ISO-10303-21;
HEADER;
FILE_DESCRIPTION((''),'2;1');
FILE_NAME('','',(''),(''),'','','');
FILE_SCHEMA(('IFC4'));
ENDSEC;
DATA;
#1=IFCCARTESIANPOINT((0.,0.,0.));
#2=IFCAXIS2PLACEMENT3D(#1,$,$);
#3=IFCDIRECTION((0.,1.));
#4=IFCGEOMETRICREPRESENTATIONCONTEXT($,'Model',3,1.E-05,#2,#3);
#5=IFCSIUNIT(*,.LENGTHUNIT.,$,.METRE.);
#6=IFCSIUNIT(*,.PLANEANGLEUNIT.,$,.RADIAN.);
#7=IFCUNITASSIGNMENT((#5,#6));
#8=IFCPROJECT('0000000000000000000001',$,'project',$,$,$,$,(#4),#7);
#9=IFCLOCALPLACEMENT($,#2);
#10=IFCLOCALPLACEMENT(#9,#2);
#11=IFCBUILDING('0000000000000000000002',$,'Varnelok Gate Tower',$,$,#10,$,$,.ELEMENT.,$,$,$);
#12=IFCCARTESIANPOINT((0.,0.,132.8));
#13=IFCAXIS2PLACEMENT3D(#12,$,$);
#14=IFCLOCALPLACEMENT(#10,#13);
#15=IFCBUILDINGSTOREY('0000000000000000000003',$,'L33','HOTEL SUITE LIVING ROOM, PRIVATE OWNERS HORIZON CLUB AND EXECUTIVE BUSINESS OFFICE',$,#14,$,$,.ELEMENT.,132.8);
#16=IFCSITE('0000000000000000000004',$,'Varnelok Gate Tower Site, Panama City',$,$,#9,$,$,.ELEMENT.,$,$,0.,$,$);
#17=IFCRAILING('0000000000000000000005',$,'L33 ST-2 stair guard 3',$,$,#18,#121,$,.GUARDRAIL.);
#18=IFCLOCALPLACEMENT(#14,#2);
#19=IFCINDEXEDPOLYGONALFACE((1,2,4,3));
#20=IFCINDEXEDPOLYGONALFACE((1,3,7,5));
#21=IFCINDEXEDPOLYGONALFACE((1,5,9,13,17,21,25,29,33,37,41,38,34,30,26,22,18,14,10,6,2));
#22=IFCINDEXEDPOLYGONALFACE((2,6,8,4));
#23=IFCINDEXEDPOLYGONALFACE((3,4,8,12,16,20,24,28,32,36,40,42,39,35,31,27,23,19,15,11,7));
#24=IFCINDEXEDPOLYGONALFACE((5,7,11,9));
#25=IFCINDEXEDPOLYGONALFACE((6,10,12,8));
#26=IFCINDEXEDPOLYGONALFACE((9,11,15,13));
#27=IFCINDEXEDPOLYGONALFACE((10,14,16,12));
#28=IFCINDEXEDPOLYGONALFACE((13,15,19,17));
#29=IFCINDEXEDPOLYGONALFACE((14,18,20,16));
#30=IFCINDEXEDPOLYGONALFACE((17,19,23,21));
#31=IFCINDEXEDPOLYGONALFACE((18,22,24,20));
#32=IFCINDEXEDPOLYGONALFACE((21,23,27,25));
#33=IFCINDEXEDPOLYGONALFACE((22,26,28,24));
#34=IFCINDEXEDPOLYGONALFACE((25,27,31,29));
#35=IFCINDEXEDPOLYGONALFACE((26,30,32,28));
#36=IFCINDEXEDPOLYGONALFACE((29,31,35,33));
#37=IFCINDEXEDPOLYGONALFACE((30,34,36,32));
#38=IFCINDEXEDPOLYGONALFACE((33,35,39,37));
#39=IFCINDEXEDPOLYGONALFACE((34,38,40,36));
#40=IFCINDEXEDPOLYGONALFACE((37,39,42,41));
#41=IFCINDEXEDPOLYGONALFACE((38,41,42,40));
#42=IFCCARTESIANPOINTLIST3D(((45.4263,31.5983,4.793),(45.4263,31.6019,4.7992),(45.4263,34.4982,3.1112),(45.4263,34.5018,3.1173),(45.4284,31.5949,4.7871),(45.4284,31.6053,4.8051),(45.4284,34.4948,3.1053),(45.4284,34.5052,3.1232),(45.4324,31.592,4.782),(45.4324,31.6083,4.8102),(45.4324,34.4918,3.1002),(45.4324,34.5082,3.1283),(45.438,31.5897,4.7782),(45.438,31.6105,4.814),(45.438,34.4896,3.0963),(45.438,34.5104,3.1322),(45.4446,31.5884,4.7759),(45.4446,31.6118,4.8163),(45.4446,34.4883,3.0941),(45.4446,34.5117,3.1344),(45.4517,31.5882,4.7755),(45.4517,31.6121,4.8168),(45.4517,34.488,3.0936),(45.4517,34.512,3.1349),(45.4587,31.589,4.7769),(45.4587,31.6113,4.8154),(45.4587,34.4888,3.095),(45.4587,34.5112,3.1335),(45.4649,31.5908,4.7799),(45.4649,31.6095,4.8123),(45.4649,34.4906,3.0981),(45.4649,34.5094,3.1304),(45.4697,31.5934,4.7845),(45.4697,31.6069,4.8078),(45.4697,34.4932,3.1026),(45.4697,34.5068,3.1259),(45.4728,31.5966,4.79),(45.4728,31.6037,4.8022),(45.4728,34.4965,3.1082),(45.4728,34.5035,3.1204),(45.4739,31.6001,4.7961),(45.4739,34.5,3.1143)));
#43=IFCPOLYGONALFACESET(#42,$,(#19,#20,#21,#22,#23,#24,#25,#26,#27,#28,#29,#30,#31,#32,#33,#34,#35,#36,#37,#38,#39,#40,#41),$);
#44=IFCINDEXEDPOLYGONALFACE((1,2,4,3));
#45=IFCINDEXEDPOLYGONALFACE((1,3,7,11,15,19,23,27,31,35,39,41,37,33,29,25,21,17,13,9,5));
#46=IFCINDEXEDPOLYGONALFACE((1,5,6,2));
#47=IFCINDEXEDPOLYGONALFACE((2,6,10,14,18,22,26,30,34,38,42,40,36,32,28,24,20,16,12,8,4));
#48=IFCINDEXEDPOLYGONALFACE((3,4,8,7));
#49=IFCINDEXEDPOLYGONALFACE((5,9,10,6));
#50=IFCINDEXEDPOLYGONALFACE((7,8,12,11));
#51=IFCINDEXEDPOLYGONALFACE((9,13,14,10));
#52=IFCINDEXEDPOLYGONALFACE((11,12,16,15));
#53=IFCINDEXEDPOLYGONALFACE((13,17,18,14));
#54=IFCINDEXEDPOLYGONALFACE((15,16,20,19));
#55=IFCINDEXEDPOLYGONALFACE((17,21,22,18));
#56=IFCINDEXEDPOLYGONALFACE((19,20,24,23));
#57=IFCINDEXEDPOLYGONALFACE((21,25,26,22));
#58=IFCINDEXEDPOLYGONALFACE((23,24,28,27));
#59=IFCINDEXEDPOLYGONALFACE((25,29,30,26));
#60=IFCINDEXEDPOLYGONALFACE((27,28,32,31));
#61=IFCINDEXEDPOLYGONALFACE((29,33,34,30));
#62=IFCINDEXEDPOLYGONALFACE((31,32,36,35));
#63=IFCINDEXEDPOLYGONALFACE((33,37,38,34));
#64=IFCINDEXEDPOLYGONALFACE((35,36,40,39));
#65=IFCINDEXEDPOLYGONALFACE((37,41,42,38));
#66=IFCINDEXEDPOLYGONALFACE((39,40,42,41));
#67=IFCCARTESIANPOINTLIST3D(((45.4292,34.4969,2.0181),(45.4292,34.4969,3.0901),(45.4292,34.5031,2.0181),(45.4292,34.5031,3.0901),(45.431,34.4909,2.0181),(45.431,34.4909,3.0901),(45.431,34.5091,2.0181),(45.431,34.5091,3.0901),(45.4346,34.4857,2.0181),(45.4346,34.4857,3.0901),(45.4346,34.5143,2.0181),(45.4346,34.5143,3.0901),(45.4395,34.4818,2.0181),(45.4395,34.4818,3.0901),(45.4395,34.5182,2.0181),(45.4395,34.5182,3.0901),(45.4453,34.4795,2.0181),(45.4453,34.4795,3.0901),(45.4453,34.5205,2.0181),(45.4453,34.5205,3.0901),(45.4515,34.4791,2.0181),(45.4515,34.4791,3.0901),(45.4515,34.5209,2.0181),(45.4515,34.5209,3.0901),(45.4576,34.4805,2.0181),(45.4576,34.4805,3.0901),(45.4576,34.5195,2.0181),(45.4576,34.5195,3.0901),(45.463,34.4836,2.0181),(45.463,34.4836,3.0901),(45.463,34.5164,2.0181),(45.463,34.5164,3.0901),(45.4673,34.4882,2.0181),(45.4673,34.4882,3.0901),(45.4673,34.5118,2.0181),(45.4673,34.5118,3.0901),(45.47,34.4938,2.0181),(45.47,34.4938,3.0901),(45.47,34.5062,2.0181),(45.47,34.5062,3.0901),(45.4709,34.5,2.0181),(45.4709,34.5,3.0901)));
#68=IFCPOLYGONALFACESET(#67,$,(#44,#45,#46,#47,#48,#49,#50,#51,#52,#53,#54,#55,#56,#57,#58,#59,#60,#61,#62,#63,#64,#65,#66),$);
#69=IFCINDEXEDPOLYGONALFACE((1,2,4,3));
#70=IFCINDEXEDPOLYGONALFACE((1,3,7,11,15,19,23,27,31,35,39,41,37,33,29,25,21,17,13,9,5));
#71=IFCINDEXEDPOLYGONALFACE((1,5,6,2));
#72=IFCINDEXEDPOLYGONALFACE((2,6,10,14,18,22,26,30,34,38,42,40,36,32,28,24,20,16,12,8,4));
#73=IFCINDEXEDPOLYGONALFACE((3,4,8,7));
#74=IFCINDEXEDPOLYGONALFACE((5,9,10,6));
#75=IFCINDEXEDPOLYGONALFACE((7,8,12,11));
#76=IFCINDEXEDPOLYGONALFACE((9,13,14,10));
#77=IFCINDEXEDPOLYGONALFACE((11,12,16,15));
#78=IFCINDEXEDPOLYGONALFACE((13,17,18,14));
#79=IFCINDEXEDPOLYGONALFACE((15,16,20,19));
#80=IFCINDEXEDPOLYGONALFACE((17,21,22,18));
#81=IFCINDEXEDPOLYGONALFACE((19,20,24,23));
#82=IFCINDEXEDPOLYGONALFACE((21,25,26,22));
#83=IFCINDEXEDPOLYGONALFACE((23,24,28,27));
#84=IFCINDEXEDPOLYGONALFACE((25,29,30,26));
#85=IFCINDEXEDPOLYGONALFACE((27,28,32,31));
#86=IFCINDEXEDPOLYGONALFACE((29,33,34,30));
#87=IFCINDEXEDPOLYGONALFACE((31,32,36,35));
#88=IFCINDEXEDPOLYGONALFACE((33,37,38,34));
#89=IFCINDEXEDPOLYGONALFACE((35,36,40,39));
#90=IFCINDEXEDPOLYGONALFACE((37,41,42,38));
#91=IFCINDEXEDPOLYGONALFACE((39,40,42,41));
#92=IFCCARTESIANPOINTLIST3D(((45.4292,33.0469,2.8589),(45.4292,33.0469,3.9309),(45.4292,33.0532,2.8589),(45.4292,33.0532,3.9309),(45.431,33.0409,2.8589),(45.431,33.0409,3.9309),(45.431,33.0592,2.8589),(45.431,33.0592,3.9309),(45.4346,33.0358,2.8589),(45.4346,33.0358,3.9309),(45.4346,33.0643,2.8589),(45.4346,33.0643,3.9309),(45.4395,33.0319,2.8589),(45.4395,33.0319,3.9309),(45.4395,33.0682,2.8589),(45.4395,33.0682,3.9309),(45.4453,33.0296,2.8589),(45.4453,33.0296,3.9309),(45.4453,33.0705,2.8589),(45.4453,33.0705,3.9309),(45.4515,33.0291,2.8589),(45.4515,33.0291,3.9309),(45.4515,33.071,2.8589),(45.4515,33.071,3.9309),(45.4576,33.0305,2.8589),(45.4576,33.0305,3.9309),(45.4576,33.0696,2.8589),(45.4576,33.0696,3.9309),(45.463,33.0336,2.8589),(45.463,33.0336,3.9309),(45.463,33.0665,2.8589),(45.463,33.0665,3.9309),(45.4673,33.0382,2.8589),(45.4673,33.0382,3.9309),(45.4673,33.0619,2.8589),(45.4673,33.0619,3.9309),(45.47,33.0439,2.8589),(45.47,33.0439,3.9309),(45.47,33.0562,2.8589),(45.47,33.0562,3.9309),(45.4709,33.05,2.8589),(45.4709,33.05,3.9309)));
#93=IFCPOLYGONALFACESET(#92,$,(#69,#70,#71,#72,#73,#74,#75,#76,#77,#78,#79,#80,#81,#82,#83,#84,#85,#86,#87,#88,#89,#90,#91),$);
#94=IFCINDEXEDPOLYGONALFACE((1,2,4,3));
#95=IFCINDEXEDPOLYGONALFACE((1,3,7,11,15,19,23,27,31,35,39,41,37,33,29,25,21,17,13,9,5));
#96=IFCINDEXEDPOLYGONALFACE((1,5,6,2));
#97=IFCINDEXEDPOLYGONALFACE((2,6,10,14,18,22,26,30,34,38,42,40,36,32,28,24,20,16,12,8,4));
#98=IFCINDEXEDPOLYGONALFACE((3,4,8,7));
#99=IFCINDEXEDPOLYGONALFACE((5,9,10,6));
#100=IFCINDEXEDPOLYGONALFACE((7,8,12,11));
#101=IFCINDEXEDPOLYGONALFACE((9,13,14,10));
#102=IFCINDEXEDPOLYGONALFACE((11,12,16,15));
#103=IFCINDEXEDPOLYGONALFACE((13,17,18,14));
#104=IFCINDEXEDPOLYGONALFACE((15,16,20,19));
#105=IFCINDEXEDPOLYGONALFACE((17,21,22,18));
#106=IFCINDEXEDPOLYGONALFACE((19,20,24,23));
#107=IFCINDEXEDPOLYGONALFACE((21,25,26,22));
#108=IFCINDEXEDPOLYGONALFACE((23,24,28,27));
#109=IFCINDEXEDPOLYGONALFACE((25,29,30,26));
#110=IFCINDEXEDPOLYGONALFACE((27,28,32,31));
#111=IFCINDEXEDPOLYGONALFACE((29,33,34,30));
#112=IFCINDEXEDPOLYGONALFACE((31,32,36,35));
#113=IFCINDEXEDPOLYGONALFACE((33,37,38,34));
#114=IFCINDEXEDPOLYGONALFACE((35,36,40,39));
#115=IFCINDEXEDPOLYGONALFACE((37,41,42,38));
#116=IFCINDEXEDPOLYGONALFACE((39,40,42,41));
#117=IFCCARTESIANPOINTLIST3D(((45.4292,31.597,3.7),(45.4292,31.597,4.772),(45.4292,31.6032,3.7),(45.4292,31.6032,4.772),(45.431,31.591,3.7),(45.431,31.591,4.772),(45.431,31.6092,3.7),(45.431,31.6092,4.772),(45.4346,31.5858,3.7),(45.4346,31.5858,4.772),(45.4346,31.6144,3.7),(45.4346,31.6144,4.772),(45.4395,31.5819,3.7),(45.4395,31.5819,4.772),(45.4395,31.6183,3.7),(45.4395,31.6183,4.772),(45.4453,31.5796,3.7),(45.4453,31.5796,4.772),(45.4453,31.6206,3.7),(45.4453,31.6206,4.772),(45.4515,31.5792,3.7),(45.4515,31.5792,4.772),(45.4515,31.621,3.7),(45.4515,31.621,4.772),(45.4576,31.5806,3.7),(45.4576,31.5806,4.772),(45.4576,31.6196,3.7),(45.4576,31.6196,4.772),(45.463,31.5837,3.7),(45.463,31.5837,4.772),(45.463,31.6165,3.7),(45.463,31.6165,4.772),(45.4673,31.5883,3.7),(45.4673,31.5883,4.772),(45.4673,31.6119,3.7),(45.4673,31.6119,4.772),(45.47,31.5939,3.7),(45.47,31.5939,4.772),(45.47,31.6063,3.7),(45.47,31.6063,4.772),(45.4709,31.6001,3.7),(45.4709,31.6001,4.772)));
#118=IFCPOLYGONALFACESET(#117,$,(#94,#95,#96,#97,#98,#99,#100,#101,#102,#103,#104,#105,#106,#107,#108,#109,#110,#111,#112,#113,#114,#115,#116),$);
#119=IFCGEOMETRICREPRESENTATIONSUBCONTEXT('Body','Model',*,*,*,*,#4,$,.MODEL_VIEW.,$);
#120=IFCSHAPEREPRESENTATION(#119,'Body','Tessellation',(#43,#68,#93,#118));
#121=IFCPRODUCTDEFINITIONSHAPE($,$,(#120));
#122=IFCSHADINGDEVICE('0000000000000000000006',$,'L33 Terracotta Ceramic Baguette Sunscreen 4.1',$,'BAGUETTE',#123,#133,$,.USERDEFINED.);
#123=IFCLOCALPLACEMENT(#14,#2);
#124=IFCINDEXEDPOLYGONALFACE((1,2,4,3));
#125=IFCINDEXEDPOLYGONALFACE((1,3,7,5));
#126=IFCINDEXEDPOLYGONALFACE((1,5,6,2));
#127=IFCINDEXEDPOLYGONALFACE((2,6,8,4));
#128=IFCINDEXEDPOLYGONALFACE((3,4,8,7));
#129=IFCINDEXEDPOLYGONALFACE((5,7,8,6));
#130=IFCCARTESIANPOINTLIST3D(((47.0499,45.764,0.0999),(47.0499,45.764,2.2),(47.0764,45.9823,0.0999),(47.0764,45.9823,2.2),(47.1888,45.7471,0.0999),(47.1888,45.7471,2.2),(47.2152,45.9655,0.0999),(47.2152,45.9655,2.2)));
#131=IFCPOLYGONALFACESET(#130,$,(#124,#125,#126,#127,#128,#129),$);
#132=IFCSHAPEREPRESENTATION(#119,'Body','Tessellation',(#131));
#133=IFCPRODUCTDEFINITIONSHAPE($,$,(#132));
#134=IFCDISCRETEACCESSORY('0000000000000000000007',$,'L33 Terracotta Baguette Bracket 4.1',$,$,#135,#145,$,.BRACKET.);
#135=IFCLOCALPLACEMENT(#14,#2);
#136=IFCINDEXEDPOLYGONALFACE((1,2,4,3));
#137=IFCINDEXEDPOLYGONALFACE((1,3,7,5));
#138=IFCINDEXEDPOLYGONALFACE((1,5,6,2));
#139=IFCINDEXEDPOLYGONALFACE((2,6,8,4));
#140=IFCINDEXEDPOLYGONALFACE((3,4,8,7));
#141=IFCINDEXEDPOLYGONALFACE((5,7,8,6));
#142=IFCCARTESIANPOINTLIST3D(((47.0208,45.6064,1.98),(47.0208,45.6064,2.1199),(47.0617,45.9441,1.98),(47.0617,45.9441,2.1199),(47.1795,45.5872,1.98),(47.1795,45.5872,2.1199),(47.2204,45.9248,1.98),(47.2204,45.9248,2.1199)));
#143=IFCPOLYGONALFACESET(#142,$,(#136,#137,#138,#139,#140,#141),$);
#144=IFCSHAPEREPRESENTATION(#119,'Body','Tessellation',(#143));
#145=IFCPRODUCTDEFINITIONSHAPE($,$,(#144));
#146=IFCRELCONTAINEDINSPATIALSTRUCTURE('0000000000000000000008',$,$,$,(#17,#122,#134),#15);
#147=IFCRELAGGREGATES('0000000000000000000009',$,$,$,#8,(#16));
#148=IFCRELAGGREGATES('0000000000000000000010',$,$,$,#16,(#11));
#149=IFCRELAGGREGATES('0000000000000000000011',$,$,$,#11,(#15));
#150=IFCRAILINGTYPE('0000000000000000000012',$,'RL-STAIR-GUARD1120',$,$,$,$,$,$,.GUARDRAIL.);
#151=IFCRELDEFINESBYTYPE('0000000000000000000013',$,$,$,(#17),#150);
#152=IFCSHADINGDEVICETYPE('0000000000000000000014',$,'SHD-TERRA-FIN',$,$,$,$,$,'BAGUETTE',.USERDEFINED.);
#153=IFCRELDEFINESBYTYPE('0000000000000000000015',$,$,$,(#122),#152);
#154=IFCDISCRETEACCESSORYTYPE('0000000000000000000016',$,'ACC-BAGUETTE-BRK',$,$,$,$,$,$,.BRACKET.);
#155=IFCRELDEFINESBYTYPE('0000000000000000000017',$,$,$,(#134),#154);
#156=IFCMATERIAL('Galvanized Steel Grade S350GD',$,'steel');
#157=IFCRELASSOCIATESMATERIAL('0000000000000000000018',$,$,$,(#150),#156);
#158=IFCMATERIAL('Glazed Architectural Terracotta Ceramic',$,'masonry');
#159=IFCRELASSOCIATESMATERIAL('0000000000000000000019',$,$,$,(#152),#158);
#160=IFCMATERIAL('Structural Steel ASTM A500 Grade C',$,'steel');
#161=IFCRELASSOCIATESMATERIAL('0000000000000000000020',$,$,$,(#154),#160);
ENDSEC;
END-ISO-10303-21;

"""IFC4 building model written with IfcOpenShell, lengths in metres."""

from ifc_helpers import new_model, si_unit, direction, frame, origin, origin_2d, place, context, subcontext, project, spatial, rectangle, circle, extrude, source, transform, mapped, material, type_object, element, save


model = new_model("IFC4")

# Units and contexts
model_context = context("Model", 3, precision=1e-05, world=origin(), true_north=direction((0.0, 1.0)))
body_context = subcontext(model_context, "Body", "Model", "MODEL_VIEW")
ifc_project = project(units=[si_unit("LENGTHUNIT", "METRE"), si_unit("PLANEANGLEUNIT", "RADIAN")], contexts=[model_context])

# Site, building, storey
site_placement = place(None, origin())
site = spatial("IfcSite", under=ifc_project, at=site_placement, Name="Varnelok Gate Tower Site, Panama City", CompositionType="ELEMENT", RefElevation=0.0)
building_placement = place(site_placement, origin())
building = spatial("IfcBuilding", under=site, at=building_placement, Name="Varnelok Gate Tower", CompositionType="ELEMENT")
storey_placement = place(building_placement, frame((0.0, 0.0, 132.8)))
storey = spatial("IfcBuildingStorey", under=building, at=storey_placement, Name="L33", Description="HOTEL SUITE LIVING ROOM, PRIVATE OWNERS HORIZON CLUB AND EXECUTIVE BUSINESS OFFICE", CompositionType="ELEMENT", Elevation=132.8)

# Shared definitions
ifc_material_1 = material(Name="Galvanized Steel Grade S350GD", Category="steel")

# Railing
railing_type_1 = type_object("IfcRailingType", Name="RL-STAIR-GUARD1120", PredefinedType="GUARDRAIL", material=ifc_material_1)
railing_1_placement = place(storey_placement, frame((45.45, 34.5, 2.0181)))
element("IfcRailing", 1, at=railing_1_placement, inside=storey, type_object=railing_type_1, Name="L33 ST-2 stair guard 3", PredefinedType="GUARDRAIL", context=body_context, shape_type="SweptSolid", body=[
    extrude(circle(Radius=0.0239, at=origin_2d()), frame((0.0, 0.0, 1.0962), z_axis=(0.0, -0.865039, 0.501705), x_axis=(1.0, 0.0, 0.0)), (0.0, 0.0, 1.0), 3.3523),
    extrude(circle(Radius=0.021, at=origin_2d()), origin(), (0.0, 0.0, 1.0), 1.072),
    extrude(circle(Radius=0.021, at=origin_2d()), frame((0.0, -1.45, 0.8408)), (0.0, 0.0, 1.0), 1.072),
    extrude(circle(Radius=0.021, at=origin_2d()), frame((0.0, -2.8999, 1.6819)), (0.0, 0.0, 1.0), 1.072),
])

# Shading device
ifc_material_2 = material(Name="Glazed Architectural Terracotta Ceramic", Category="masonry")
shading_device_type = type_object("IfcShadingDeviceType", Name="SHD-TERRA-FIN", ElementType="BAGUETTE", PredefinedType="USERDEFINED", material=ifc_material_2)
shared_shape_1 = source(origin(), body_context, "Body", "SweptSolid", [
    extrude(rectangle(XDim=0.1399, YDim=0.22, at=origin_2d()), origin(), (0.0, 0.0, 1.0), 2.1001),
])
shading_device_placement = place(storey_placement, frame((47.1326, 45.8647, 0.0999), z_axis=(0.0, 0.0, 1.0), x_axis=(0.992732, -0.120345, 0.0)))
element("IfcShadingDevice", 2, at=shading_device_placement, inside=storey, type_object=shading_device_type, Name="L33 Terracotta Ceramic Baguette Sunscreen 4.1", ObjectType="BAGUETTE", PredefinedType="USERDEFINED", context=body_context, shape_type="MappedRepresentation", body=[
    mapped(shared_shape_1, transform((0.0, 0.0, 0.0), scale=1.0)),
])

# Discrete accessory
ifc_material_3 = material(Name="Structural Steel ASTM A500 Grade C", Category="steel")
discrete_accessory_type = type_object("IfcDiscreteAccessoryType", Name="ACC-BAGUETTE-BRK", PredefinedType="BRACKET", material=ifc_material_3)
shared_shape_2 = source(origin(), body_context, "Body", "SweptSolid", [
    extrude(rectangle(XDim=0.1599, YDim=0.3401, at=origin_2d()), origin(), (0.0, 0.0, 1.0), 0.1399),
])
discrete_accessory_placement = place(storey_placement, frame((47.1206, 45.7656, 1.98), z_axis=(0.0, 0.0, 1.0), x_axis=(0.992732, -0.120345, 0.0)))
element("IfcDiscreteAccessory", 3, at=discrete_accessory_placement, inside=storey, type_object=discrete_accessory_type, Name="L33 Terracotta Baguette Bracket 4.1", PredefinedType="BRACKET", context=body_context, shape_type="MappedRepresentation", body=[
    mapped(shared_shape_2, transform((0.0, 0.0, 0.0), scale=1.0)),
])

save(model, "model.ifc")
